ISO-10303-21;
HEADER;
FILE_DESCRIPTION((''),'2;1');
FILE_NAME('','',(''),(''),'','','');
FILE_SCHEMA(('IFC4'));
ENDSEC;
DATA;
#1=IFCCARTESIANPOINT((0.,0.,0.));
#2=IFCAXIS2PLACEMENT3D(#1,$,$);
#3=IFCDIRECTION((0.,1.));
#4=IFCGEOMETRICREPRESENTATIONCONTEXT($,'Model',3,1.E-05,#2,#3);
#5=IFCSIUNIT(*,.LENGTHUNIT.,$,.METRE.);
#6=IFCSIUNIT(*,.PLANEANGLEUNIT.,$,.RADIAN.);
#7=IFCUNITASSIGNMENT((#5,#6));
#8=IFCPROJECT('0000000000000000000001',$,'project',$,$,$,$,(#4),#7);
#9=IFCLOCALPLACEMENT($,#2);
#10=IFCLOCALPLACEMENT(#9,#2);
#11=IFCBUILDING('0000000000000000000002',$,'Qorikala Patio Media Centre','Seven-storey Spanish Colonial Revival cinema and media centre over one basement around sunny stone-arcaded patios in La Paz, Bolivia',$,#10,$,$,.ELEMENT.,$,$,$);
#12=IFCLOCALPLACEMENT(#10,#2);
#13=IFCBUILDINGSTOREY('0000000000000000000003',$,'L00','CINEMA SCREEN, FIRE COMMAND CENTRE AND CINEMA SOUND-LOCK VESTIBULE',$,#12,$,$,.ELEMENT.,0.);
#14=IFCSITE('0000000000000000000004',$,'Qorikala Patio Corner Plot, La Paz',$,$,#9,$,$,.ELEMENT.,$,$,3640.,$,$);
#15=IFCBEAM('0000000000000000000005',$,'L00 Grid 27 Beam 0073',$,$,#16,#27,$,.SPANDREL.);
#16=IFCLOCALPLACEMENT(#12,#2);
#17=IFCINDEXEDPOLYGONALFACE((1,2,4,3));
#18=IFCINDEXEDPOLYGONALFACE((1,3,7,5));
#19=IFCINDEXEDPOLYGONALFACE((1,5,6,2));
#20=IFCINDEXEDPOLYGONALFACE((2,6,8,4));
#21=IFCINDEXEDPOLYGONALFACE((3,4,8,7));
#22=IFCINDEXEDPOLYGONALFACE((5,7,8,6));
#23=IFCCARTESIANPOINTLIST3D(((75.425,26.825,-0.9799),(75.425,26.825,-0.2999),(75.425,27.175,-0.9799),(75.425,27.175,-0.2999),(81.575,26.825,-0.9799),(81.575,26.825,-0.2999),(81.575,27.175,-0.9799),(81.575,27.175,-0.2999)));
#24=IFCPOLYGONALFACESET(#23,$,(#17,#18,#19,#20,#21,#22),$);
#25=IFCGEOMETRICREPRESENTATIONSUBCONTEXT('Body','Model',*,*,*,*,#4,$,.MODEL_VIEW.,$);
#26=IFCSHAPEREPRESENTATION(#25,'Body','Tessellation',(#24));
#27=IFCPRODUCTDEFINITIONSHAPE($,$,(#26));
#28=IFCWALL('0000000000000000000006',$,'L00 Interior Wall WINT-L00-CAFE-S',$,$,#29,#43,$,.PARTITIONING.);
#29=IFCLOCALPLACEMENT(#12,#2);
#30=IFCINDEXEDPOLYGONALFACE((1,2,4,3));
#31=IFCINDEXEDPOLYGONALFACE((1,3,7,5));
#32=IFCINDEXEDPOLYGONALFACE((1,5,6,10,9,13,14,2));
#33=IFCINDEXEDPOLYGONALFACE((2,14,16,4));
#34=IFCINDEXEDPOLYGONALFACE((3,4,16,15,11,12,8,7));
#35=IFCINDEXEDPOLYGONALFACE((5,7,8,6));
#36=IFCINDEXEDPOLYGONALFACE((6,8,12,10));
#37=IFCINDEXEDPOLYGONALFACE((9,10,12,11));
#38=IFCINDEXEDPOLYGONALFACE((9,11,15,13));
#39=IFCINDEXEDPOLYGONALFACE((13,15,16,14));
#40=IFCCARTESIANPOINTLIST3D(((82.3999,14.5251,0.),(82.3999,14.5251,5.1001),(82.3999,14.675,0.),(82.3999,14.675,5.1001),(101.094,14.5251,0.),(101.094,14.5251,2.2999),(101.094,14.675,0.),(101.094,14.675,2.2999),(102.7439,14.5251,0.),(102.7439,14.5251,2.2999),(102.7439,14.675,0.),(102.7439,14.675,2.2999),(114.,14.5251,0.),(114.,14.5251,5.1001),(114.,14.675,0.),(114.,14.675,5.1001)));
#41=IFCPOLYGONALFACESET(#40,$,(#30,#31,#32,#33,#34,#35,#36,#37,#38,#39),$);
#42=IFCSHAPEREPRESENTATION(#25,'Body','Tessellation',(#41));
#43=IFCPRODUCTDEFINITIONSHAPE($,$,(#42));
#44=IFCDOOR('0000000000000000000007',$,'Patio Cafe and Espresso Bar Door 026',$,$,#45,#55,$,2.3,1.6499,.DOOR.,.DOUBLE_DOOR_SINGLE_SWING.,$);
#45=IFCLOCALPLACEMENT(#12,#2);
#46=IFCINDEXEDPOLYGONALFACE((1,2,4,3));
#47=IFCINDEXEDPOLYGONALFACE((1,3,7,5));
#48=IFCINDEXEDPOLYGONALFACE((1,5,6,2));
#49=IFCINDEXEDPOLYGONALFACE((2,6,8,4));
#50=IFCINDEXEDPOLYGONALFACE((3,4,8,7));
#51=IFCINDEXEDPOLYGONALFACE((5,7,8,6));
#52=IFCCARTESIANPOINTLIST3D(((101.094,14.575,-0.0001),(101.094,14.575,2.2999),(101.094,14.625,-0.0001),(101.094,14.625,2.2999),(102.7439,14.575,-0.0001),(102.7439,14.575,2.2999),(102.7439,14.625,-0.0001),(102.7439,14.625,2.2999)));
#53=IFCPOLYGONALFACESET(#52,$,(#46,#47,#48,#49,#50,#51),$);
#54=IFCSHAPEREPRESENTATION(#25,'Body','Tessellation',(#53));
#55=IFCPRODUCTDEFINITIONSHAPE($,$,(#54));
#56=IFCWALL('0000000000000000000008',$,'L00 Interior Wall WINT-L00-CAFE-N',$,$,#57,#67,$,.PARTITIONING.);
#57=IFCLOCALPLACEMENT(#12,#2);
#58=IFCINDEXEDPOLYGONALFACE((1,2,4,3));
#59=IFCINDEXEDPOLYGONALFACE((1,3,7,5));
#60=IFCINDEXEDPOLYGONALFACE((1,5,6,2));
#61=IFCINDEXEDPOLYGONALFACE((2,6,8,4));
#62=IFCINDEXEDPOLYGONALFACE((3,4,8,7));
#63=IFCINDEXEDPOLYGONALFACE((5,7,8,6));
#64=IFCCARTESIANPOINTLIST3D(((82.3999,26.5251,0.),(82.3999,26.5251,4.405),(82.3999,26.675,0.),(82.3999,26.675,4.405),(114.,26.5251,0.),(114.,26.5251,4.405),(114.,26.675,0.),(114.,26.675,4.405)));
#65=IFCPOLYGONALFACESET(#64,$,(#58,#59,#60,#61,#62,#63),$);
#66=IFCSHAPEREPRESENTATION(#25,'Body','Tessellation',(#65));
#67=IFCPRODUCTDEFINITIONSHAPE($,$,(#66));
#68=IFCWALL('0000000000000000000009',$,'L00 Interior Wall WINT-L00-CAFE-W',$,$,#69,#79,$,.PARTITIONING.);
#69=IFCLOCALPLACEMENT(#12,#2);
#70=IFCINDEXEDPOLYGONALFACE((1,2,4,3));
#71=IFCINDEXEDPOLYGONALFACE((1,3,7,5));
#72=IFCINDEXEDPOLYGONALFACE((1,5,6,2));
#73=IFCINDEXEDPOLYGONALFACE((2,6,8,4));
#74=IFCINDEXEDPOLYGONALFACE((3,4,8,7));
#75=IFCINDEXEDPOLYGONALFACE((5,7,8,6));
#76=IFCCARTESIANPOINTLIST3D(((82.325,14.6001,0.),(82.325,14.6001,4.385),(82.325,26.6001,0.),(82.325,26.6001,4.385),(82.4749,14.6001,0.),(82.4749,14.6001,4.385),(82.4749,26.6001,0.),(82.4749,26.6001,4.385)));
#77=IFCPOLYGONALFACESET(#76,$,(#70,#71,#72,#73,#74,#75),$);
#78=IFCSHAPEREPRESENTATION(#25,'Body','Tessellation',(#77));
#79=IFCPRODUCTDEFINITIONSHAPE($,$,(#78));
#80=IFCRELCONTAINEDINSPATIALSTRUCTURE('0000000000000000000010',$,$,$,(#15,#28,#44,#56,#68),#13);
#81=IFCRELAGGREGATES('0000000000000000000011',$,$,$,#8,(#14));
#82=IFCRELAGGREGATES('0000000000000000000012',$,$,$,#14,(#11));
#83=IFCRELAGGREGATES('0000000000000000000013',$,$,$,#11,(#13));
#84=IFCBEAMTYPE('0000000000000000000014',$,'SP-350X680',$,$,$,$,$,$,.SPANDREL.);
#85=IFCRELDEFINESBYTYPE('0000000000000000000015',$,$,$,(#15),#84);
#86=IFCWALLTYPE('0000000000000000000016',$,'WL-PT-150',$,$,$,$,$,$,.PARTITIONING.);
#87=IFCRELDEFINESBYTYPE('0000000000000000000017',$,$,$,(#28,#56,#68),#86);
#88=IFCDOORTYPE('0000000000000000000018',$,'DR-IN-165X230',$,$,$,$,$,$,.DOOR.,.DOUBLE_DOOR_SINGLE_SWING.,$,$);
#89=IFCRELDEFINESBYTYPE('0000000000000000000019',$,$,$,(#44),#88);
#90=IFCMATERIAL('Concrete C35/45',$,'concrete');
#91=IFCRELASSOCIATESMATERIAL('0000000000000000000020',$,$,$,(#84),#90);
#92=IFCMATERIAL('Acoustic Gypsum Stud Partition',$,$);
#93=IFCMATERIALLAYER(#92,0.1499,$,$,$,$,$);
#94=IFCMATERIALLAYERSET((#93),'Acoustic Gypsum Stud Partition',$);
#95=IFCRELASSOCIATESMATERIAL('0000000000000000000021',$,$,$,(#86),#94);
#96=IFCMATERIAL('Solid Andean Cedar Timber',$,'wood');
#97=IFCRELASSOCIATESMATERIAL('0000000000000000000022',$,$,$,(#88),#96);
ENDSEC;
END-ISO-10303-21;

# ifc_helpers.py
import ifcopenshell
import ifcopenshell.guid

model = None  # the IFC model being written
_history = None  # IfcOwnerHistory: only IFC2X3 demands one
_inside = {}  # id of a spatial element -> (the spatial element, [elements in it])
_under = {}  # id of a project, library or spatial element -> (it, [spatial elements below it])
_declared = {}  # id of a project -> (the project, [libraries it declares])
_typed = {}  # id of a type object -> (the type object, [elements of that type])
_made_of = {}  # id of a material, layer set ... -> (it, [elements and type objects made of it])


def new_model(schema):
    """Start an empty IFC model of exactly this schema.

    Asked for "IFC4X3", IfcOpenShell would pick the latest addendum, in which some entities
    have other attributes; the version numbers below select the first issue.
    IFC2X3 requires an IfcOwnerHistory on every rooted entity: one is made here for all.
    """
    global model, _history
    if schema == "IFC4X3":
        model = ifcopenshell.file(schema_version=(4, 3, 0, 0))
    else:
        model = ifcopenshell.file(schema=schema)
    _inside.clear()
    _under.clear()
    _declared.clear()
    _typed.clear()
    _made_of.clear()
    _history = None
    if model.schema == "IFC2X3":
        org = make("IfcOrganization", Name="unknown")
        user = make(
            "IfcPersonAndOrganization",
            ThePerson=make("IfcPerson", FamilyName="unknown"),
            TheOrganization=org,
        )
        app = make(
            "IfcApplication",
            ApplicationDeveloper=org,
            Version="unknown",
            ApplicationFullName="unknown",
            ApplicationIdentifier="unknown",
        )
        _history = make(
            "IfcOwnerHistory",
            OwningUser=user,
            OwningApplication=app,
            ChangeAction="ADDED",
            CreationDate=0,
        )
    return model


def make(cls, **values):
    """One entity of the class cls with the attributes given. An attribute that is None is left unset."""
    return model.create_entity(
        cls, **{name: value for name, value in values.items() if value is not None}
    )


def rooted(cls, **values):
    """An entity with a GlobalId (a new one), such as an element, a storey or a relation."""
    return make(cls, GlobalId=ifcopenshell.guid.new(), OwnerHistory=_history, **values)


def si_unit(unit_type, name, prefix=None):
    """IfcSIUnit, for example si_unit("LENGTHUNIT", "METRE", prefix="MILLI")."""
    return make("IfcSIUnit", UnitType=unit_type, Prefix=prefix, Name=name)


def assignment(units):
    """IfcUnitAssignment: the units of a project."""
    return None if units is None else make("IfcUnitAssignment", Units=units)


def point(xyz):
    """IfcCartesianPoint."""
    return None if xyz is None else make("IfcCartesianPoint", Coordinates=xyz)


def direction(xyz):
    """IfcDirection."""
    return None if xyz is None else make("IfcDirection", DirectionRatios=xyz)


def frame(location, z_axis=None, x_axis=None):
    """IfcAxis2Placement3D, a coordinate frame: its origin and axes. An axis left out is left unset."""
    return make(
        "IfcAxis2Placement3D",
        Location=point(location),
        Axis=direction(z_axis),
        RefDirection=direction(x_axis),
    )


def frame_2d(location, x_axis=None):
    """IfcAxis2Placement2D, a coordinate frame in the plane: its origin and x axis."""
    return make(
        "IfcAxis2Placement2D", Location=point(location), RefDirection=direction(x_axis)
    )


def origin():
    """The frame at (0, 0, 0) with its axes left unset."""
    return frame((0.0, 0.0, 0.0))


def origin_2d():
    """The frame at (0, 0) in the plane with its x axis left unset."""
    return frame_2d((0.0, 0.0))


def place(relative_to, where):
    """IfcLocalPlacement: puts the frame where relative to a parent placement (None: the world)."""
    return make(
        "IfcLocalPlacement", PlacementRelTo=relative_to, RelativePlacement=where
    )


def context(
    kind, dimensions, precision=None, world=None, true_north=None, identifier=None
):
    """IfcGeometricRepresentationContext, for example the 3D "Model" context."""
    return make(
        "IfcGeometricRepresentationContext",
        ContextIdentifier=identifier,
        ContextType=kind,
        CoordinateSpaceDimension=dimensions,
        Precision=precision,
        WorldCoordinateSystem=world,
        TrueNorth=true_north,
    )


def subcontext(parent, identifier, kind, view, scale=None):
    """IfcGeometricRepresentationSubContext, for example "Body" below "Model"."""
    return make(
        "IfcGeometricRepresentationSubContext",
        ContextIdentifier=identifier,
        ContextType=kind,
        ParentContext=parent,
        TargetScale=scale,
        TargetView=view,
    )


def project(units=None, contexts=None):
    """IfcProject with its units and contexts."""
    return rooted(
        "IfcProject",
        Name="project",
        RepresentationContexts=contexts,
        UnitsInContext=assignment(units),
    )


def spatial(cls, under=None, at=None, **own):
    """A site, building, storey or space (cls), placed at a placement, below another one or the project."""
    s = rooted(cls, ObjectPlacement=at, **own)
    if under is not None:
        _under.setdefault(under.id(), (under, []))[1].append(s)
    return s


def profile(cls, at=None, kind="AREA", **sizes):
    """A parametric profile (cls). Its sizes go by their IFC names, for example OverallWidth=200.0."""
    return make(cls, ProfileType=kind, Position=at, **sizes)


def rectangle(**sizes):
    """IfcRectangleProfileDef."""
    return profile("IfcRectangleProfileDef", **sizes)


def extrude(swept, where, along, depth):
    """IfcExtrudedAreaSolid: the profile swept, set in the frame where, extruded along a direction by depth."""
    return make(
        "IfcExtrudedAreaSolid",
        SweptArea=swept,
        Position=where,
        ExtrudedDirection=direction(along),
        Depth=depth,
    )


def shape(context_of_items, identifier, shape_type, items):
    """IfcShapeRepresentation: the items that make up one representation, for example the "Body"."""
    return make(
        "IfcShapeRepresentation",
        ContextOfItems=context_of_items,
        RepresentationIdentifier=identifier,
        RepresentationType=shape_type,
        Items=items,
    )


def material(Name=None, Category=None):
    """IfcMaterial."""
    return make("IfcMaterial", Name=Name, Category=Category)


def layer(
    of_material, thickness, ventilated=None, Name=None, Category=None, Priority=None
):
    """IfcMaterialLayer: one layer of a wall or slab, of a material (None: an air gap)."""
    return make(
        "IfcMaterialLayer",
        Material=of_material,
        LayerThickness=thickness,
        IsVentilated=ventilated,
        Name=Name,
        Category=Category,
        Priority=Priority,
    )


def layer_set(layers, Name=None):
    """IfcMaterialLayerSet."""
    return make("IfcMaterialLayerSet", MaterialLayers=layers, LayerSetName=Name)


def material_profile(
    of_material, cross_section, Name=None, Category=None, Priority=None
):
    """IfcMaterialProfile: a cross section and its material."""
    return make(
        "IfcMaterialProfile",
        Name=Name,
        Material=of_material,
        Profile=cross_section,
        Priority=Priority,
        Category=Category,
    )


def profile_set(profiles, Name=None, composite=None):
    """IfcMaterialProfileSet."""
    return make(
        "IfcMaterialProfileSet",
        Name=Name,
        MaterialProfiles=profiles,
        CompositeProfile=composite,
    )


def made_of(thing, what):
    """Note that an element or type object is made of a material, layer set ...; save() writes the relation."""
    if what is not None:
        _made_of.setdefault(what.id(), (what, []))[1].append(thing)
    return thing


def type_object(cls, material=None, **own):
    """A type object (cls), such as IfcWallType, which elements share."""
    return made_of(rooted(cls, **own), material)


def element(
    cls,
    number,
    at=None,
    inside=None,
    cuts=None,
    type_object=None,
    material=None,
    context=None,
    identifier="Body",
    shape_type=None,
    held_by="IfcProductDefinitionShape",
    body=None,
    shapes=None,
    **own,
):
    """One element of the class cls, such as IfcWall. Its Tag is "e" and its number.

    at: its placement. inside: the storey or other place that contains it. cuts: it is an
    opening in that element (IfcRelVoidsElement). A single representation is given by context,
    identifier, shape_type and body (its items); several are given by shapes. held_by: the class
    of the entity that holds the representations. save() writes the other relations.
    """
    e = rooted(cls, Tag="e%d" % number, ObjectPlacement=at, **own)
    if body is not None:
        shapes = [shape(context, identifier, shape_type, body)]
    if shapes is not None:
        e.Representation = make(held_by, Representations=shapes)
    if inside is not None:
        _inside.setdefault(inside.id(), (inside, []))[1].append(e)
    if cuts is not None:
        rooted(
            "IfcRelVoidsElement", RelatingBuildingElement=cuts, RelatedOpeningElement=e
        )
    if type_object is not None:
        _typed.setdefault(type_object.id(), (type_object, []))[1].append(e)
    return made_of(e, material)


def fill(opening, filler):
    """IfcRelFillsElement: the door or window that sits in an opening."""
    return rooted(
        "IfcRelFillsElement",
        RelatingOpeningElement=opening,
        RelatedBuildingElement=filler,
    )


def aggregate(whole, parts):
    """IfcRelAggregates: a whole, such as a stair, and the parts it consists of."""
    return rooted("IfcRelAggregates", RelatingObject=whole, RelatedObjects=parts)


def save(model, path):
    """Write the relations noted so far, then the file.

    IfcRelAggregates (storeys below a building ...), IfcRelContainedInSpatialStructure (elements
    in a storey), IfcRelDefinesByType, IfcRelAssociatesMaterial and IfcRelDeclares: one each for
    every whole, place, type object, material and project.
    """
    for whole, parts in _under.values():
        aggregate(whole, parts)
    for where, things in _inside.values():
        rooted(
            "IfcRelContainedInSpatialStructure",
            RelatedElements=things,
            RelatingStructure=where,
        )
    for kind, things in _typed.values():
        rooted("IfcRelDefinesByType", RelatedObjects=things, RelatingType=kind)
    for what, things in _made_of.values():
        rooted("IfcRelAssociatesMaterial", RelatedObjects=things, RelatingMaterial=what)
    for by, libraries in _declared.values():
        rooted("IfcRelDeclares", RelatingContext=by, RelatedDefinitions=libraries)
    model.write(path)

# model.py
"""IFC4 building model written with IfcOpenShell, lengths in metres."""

from ifc_helpers import new_model, si_unit, direction, frame, frame_2d, origin, origin_2d, place, context, subcontext, project, spatial, rectangle, extrude, material, layer, layer_set, material_profile, profile_set, type_object, element, fill, save


model = new_model("IFC4")

# Units and contexts
model_context = context("Model", 3, precision=1e-05, world=origin(), true_north=direction((0.0, 1.0)))
body_context = subcontext(model_context, "Body", "Model", "MODEL_VIEW")
ifc_project = project(units=[si_unit("LENGTHUNIT", "METRE"), si_unit("PLANEANGLEUNIT", "RADIAN")], contexts=[model_context])

# Site, building, storey
site_placement = place(None, origin())
site = spatial("IfcSite", under=ifc_project, at=site_placement, Name="Qorikala Patio Corner Plot, La Paz", CompositionType="ELEMENT", RefElevation=3640.0)
building_placement = place(site_placement, origin())
building = spatial("IfcBuilding", under=site, at=building_placement, Name="Qorikala Patio Media Centre", Description="Seven-storey Spanish Colonial Revival cinema and media centre over one basement around sunny stone-arcaded patios in La Paz, Bolivia", CompositionType="ELEMENT")
storey_placement = place(building_placement, origin())
storey = spatial("IfcBuildingStorey", under=building, at=storey_placement, Name="L00", Description="CINEMA SCREEN, FIRE COMMAND CENTRE AND CINEMA SOUND-LOCK VESTIBULE", CompositionType="ELEMENT", Elevation=0.0)

# Shared definitions
ifc_material_1 = material(Name="Concrete C35/45", Category="concrete")

# Beam
ifc_material_profile_1 = material_profile(ifc_material_1, rectangle(XDim=0.3501, YDim=0.6799, at=origin_2d()), Name="RC 350x680")
ifc_profile_set_1 = profile_set([ifc_material_profile_1], Name="Concrete C35/45")
beam_type_1 = type_object("IfcBeamType", Name="SP-350X680", PredefinedType="SPANDREL", material=ifc_profile_set_1)
beam_1_placement = place(storey_placement, frame((75.425, 27.0, -0.6399), z_axis=(1.0, 0.0, 0.0), x_axis=(0.0, 1.0, 0.0)))
element("IfcBeam", 1, at=beam_1_placement, inside=storey, type_object=beam_type_1, Name="L00 Grid 27 Beam 0073", PredefinedType="SPANDREL", context=body_context, shape_type="SweptSolid", body=[
    extrude(rectangle(XDim=0.3501, YDim=0.6799, at=origin_2d()), origin(), (0.0, 0.0, 1.0), 6.1499),
])

# Wall, opening, door
ifc_material_2 = material(Name="Acoustic Gypsum Stud Partition")
ifc_layer_1 = layer(ifc_material_2, 0.1499)
ifc_layer_set_1 = layer_set([ifc_layer_1], Name="Acoustic Gypsum Stud Partition")
wall_type = type_object("IfcWallType", Name="WL-PT-150", PredefinedType="PARTITIONING", material=ifc_layer_set_1)
wall_1_placement = place(storey_placement, frame((82.3999, 14.6001, 0.0), z_axis=(0.0, 0.0, 1.0), x_axis=(1.0, 0.0, 0.0)))
wall_1 = element("IfcWall", 2, at=wall_1_placement, inside=storey, type_object=wall_type, Name="L00 Interior Wall WINT-L00-CAFE-S", PredefinedType="PARTITIONING", context=body_context, shape_type="SweptSolid", body=[
    extrude(rectangle(XDim=31.6001, YDim=0.1499, at=frame_2d((15.8, 0.0))), origin(), (0.0, 0.0, 1.0), 5.1001),
])
opening_placement = place(wall_1_placement, frame((18.6941, 0.0, 0.0)))
opening = element("IfcOpeningElement", 3, at=opening_placement, cuts=wall_1, PredefinedType="OPENING", context=body_context, shape_type="SweptSolid", body=[
    extrude(rectangle(XDim=1.6499, YDim=2.3, at=frame_2d((0.825, 1.1499))), frame((0.0, 0.085, 0.0), z_axis=(0.0, -1.0, 0.0), x_axis=(1.0, 0.0, 0.0)), (0.0, 0.0, 1.0), 0.1699),
])
ifc_material_3 = material(Name="Solid Andean Cedar Timber", Category="wood")
door_type = type_object("IfcDoorType", Name="DR-IN-165X230", OperationType="DOUBLE_DOOR_SINGLE_SWING", PredefinedType="DOOR", material=ifc_material_3)
door_placement = place(opening_placement, origin())
door = element("IfcDoor", 4, at=door_placement, inside=storey, type_object=door_type, Name="Patio Cafe and Espresso Bar Door 026", OperationType="DOUBLE_DOOR_SINGLE_SWING", OverallHeight=2.3, OverallWidth=1.6499, PredefinedType="DOOR", context=body_context, shape_type="SweptSolid", body=[
    extrude(rectangle(XDim=1.6499, YDim=2.3, at=frame_2d((0.825, 1.1499))), frame((0.0, 0.0249, 0.0), z_axis=(0.0, -1.0, 0.0), x_axis=(1.0, 0.0, 0.0)), (0.0, 0.0, 1.0), 0.05),
])
fill(opening, door)

# Walls
wall_2_placement = place(storey_placement, frame((82.3999, 26.6001, 0.0), z_axis=(0.0, 0.0, 1.0), x_axis=(1.0, 0.0, 0.0)))
element("IfcWall", 5, at=wall_2_placement, inside=storey, type_object=wall_type, Name="L00 Interior Wall WINT-L00-CAFE-N", PredefinedType="PARTITIONING", context=body_context, shape_type="SweptSolid", body=[
    extrude(rectangle(XDim=31.6001, YDim=0.1499, at=frame_2d((15.8, 0.0))), origin(), (0.0, 0.0, 1.0), 4.405),
])
wall_3_placement = place(storey_placement, frame((82.3999, 14.6001, 0.0), z_axis=(0.0, 0.0, 1.0), x_axis=(0.0, 1.0, 0.0)))
element("IfcWall", 6, at=wall_3_placement, inside=storey, type_object=wall_type, Name="L00 Interior Wall WINT-L00-CAFE-W", PredefinedType="PARTITIONING", context=body_context, shape_type="SweptSolid", body=[
    extrude(rectangle(XDim=12.0, YDim=0.1499, at=frame_2d((6.0, 0.0))), origin(), (0.0, 0.0, 1.0), 4.385),
])

save(model, "model.ifc")
